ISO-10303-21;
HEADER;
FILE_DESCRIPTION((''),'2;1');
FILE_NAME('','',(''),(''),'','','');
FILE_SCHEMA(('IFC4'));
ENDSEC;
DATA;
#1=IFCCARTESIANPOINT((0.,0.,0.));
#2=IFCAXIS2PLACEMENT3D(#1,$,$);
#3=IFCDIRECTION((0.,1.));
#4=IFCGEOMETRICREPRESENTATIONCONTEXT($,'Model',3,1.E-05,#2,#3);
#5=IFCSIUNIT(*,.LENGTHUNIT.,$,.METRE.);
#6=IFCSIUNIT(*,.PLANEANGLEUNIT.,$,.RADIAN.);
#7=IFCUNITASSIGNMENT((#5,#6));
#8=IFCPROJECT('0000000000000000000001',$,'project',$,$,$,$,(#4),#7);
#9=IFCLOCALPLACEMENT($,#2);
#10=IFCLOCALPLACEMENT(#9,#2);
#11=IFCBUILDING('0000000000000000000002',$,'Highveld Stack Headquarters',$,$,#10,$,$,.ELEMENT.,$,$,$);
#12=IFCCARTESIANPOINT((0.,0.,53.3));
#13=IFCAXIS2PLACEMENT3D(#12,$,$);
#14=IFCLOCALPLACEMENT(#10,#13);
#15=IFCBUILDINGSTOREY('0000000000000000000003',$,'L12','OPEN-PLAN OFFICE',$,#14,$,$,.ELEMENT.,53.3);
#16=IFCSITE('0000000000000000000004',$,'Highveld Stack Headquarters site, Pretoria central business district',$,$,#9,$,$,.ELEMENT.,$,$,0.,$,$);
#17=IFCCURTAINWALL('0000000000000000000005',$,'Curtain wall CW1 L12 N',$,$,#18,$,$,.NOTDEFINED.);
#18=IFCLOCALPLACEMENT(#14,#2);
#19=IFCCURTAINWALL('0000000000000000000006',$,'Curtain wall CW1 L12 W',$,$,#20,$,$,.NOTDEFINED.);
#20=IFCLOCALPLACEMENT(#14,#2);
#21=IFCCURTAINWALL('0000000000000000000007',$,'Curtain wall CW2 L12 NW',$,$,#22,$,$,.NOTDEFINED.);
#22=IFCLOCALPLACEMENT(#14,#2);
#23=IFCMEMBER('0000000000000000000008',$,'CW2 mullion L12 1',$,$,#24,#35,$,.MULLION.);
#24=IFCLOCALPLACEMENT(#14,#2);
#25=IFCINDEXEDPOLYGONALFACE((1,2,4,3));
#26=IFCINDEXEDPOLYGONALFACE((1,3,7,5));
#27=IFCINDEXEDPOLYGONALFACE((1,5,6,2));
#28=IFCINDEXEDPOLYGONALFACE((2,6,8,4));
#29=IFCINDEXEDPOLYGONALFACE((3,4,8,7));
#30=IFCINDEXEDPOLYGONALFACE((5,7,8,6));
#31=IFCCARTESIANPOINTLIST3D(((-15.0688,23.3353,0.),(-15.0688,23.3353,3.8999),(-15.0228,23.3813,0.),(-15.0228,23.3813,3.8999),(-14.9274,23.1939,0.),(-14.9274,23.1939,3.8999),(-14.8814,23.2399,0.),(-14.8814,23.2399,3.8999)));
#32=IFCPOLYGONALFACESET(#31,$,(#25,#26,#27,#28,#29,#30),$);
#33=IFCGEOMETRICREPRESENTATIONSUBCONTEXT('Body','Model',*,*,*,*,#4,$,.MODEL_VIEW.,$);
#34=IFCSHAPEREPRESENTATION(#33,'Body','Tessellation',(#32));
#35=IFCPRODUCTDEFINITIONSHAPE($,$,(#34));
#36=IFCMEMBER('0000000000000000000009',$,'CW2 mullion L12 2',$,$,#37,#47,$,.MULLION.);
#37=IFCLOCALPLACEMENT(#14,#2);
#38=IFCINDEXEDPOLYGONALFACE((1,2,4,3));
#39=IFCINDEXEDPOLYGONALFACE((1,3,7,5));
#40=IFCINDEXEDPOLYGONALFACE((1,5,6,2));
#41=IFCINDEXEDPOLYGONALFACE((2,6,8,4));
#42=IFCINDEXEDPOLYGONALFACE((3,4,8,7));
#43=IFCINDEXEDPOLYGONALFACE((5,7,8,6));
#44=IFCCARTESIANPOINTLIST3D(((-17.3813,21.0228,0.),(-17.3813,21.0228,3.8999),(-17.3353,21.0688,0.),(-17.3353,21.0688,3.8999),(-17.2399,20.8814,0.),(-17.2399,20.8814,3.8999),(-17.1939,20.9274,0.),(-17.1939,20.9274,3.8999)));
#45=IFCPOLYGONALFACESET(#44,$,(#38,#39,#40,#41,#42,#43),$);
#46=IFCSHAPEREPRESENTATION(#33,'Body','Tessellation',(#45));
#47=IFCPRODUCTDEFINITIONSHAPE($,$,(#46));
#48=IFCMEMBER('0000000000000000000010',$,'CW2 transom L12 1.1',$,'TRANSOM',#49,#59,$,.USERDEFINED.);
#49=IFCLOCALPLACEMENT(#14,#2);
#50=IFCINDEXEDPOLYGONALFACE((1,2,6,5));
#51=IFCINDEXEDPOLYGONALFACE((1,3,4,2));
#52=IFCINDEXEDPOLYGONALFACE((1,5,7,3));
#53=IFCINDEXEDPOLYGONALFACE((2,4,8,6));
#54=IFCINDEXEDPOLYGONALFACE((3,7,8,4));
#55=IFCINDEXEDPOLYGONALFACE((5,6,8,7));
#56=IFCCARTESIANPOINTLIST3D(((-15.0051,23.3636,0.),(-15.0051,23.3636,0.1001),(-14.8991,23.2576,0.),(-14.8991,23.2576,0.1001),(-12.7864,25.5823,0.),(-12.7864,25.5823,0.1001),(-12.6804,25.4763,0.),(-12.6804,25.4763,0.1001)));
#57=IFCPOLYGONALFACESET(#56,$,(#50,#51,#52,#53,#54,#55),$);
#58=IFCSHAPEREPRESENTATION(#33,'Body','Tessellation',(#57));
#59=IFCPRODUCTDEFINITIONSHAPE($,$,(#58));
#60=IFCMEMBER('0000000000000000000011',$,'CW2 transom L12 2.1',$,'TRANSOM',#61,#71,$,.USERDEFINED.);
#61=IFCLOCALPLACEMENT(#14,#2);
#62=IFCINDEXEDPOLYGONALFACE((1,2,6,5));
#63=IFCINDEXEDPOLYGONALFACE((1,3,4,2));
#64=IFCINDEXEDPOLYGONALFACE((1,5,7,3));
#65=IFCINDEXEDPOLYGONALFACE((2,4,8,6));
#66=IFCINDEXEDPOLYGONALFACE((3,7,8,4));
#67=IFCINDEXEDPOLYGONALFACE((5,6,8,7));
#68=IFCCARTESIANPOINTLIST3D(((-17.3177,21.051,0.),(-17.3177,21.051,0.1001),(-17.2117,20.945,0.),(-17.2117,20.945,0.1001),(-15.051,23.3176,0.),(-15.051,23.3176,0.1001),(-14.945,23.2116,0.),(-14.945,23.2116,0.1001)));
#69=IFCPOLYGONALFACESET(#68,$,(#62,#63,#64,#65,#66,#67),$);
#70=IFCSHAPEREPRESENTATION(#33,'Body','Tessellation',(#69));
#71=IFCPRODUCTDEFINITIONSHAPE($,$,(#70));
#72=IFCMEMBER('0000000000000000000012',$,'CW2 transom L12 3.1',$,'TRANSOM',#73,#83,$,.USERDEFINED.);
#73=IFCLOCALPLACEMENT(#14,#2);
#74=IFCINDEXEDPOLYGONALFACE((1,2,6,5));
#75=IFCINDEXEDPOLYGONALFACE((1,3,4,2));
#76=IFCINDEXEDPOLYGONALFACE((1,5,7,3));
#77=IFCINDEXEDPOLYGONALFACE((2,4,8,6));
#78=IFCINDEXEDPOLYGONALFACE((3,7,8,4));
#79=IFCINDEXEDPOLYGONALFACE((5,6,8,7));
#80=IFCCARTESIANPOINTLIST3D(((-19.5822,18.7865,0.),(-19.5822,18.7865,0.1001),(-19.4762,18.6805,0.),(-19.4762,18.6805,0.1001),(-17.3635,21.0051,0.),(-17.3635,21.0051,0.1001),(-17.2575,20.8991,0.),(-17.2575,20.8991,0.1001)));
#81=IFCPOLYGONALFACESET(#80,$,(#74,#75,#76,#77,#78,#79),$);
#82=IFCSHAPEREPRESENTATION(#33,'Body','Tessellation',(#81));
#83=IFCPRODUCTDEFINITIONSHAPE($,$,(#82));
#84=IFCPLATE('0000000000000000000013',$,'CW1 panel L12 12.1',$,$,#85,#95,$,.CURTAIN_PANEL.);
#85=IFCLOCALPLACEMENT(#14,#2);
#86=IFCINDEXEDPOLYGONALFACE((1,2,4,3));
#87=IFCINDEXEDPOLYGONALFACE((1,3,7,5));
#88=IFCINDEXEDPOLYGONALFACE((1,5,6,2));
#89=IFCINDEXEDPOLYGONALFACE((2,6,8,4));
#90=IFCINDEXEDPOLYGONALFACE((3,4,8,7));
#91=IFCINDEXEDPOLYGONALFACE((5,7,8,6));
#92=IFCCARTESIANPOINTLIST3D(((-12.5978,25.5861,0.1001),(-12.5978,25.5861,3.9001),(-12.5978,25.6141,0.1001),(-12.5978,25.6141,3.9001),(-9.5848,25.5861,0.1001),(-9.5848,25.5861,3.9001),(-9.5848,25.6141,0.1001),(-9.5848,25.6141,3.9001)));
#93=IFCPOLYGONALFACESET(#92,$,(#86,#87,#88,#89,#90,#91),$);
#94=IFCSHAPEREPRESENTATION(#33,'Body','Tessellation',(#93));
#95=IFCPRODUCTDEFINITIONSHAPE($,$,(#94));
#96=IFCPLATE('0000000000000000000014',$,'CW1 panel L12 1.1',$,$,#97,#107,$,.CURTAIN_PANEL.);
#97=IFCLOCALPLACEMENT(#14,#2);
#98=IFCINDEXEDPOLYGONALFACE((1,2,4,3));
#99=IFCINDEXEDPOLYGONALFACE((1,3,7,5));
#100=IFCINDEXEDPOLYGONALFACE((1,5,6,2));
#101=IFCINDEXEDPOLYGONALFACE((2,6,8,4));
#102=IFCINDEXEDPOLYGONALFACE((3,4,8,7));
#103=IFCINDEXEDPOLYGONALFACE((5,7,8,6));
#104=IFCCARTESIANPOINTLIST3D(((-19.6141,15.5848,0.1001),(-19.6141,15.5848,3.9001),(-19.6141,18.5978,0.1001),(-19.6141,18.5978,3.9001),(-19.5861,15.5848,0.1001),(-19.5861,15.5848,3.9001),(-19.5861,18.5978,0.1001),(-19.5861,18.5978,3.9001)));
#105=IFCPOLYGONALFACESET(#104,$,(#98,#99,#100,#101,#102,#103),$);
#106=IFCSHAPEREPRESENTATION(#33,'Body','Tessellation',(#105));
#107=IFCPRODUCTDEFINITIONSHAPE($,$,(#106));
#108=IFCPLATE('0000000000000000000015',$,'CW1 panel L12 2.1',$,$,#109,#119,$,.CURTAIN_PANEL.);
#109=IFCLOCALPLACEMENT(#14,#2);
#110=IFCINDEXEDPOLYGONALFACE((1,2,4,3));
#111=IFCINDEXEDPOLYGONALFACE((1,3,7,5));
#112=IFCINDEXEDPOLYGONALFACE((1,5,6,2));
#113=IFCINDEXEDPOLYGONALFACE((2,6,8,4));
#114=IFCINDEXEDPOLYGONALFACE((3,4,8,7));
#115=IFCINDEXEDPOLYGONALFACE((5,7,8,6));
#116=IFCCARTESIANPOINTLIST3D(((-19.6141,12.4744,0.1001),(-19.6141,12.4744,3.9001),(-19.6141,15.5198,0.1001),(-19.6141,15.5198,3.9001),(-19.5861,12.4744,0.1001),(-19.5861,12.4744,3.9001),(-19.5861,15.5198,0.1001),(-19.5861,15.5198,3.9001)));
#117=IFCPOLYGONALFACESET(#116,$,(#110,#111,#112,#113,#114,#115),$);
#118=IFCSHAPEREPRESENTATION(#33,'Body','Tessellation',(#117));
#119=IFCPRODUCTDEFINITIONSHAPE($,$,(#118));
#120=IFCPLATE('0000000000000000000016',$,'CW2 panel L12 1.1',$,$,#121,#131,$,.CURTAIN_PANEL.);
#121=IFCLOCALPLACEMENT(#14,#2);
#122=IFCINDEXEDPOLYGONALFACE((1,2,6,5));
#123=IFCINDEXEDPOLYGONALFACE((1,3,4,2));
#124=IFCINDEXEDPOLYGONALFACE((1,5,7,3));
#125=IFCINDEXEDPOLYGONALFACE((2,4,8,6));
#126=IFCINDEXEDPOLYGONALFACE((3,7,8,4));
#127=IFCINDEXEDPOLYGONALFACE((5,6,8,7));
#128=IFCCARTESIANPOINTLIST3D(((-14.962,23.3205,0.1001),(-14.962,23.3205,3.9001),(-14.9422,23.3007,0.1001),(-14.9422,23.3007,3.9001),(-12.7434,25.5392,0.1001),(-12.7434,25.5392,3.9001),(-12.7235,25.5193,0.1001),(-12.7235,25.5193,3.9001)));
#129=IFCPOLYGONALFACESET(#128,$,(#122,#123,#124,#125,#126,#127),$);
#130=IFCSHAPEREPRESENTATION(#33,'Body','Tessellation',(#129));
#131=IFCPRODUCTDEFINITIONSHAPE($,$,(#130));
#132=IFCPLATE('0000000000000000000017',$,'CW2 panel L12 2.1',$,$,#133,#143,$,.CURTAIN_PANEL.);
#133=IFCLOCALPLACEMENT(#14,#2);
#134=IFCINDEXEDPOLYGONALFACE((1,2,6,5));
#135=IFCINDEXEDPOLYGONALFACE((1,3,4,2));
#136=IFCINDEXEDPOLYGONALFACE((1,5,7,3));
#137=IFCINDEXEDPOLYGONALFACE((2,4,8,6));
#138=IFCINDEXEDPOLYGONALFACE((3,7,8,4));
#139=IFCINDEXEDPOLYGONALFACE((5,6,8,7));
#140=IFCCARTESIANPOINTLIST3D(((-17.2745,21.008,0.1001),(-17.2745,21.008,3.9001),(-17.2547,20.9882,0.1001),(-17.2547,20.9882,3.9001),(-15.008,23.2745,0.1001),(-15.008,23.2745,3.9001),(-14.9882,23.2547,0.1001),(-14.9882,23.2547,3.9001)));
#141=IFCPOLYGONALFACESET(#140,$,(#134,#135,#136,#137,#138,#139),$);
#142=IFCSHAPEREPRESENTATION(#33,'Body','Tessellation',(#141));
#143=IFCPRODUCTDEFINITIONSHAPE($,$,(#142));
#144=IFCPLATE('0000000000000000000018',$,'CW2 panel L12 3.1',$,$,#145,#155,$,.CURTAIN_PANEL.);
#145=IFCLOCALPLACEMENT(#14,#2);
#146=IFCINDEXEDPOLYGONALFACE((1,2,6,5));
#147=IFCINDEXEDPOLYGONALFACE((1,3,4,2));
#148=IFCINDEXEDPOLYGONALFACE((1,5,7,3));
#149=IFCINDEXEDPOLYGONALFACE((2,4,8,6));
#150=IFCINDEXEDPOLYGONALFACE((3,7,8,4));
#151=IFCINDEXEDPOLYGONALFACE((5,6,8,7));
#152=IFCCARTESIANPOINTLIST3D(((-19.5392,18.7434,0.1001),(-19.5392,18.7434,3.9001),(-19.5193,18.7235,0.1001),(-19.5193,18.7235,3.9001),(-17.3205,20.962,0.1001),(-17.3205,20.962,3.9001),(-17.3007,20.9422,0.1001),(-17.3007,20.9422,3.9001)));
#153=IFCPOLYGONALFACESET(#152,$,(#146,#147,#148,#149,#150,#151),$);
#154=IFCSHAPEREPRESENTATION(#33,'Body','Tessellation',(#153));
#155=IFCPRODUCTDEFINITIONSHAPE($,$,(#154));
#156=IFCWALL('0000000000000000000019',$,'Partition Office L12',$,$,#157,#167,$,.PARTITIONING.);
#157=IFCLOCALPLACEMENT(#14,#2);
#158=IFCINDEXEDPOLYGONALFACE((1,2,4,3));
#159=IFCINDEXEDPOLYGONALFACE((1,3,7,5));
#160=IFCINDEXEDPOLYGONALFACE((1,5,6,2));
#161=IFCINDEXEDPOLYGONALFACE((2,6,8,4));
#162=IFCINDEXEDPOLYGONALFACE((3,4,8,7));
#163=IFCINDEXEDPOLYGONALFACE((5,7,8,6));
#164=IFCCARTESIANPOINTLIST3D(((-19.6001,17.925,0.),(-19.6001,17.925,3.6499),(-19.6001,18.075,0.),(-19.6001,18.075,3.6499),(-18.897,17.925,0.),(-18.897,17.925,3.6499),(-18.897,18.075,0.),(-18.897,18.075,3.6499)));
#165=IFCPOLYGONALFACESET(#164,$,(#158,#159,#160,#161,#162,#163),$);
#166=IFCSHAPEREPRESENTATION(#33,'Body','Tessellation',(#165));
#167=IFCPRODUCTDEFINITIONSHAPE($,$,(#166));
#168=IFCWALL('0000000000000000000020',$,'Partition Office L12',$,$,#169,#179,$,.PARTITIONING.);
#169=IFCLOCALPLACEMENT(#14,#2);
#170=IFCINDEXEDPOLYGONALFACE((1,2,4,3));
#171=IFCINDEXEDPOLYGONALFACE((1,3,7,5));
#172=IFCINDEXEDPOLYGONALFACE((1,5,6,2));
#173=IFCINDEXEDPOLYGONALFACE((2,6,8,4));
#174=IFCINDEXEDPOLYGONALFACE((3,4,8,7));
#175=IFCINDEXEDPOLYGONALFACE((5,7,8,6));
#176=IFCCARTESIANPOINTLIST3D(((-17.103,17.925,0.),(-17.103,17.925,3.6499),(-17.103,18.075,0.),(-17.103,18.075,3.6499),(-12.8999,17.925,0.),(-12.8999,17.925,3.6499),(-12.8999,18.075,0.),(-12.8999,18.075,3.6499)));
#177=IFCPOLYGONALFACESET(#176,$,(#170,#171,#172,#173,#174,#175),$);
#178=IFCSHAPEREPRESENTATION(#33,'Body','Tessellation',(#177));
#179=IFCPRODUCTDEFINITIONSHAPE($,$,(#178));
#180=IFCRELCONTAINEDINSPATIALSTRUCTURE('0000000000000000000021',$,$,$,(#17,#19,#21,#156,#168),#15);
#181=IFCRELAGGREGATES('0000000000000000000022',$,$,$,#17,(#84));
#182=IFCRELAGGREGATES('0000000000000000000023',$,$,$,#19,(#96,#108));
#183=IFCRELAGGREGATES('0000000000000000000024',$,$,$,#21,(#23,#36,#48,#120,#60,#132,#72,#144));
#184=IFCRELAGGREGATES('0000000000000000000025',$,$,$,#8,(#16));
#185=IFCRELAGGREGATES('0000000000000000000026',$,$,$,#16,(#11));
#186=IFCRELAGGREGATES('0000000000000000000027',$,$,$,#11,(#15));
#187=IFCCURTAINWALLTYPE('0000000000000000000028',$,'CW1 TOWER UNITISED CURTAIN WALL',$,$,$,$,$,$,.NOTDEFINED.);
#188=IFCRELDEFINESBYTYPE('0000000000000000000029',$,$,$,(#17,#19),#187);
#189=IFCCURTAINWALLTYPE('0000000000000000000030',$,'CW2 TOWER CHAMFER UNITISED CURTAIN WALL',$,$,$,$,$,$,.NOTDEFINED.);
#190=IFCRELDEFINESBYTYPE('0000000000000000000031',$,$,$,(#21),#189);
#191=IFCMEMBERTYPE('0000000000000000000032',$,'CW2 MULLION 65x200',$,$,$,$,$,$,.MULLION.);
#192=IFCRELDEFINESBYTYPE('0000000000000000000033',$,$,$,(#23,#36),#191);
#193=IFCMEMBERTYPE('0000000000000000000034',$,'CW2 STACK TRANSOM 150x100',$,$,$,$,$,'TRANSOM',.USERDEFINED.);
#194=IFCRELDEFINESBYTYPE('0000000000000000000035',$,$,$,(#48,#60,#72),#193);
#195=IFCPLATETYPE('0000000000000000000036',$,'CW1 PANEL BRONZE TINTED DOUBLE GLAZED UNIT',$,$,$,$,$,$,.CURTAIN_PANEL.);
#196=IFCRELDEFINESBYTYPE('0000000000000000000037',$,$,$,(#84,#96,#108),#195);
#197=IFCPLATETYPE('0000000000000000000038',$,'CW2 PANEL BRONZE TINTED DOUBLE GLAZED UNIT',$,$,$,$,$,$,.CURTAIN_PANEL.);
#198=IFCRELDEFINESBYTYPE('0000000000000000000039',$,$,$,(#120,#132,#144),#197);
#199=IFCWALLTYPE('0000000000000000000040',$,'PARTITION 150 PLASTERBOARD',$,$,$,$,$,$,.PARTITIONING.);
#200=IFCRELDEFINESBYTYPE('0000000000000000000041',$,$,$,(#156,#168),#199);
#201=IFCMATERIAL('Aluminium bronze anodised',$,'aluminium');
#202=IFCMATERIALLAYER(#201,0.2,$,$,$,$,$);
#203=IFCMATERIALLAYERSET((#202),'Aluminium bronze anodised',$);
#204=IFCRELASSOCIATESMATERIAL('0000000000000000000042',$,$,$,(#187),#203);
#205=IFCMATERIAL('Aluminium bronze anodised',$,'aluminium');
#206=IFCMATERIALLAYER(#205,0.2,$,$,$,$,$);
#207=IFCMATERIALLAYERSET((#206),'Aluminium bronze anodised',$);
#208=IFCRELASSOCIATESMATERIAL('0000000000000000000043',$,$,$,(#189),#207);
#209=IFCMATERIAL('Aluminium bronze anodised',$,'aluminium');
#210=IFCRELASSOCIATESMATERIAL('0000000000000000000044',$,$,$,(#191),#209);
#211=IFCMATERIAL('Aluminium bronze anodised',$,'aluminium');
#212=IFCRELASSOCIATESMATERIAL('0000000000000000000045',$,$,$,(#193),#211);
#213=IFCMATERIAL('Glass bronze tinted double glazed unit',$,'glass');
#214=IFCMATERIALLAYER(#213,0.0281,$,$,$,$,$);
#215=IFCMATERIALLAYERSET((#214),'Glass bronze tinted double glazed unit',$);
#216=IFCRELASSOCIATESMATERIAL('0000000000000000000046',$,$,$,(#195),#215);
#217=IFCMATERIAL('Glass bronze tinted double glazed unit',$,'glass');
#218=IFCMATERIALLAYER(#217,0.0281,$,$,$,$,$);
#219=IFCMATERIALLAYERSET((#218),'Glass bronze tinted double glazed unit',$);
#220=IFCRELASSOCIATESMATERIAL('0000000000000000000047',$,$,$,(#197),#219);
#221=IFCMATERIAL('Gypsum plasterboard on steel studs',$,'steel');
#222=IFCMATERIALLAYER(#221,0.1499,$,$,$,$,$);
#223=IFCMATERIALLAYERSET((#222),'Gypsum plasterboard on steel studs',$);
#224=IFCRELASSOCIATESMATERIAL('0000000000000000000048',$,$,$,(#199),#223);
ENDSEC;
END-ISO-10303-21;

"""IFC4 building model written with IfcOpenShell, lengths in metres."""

from ifc_helpers import new_model, si_unit, direction, frame, frame_2d, origin, origin_2d, place, context, subcontext, project, spatial, rectangle, extrude, material, layer, layer_set, material_profile, profile_set, type_object, element, aggregate, save


model = new_model("IFC4")

# Units and contexts
model_context = context("Model", 3, precision=1e-05, world=origin(), true_north=direction((0.0, 1.0)))
body_context = subcontext(model_context, "Body", "Model", "MODEL_VIEW")
ifc_project = project(units=[si_unit("LENGTHUNIT", "METRE"), si_unit("PLANEANGLEUNIT", "RADIAN")], contexts=[model_context])

# Site, building, storey
site_placement = place(None, origin())
site = spatial("IfcSite", under=ifc_project, at=site_placement, Name="Highveld Stack Headquarters site, Pretoria central business district", CompositionType="ELEMENT", RefElevation=0.0)
building_placement = place(site_placement, origin())
building = spatial("IfcBuilding", under=site, at=building_placement, Name="Highveld Stack Headquarters", CompositionType="ELEMENT")
storey_placement = place(building_placement, frame((0.0, 0.0, 53.3)))
storey = spatial("IfcBuildingStorey", under=building, at=storey_placement, Name="L12", Description="OPEN-PLAN OFFICE", CompositionType="ELEMENT", Elevation=53.3)

# Curtain wall
ifc_material_1 = material(Name="Aluminium bronze anodised", Category="aluminium")
ifc_layer_1 = layer(ifc_material_1, 0.2)
ifc_layer_set_1 = layer_set([ifc_layer_1], Name="Aluminium bronze anodised")
curtain_wall_type_1 = type_object("IfcCurtainWallType", Name="CW1 TOWER UNITISED CURTAIN WALL", PredefinedType="NOTDEFINED", material=ifc_layer_set_1)
curtain_wall_1_placement = place(storey_placement, origin())
curtain_wall_1 = element("IfcCurtainWall", 1, at=curtain_wall_1_placement, inside=storey, type_object=curtain_wall_type_1, Name="Curtain wall CW1 L12 N", PredefinedType="NOTDEFINED")

# Curtain wall
curtain_wall_2_placement = place(storey_placement, origin())
curtain_wall_2 = element("IfcCurtainWall", 2, at=curtain_wall_2_placement, inside=storey, type_object=curtain_wall_type_1, Name="Curtain wall CW1 L12 W", PredefinedType="NOTDEFINED")

# Curtain wall, members
ifc_material_2 = material(Name="Aluminium bronze anodised", Category="aluminium")
ifc_layer_2 = layer(ifc_material_2, 0.2)
ifc_layer_set_2 = layer_set([ifc_layer_2], Name="Aluminium bronze anodised")
curtain_wall_type_2 = type_object("IfcCurtainWallType", Name="CW2 TOWER CHAMFER UNITISED CURTAIN WALL", PredefinedType="NOTDEFINED", material=ifc_layer_set_2)
curtain_wall_3_placement = place(storey_placement, origin())
curtain_wall_3 = element("IfcCurtainWall", 3, at=curtain_wall_3_placement, inside=storey, type_object=curtain_wall_type_2, Name="Curtain wall CW2 L12 NW", PredefinedType="NOTDEFINED")
ifc_material_3 = material(Name="Aluminium bronze anodised", Category="aluminium")
ifc_material_profile_1 = material_profile(ifc_material_3, rectangle(XDim=0.2, YDim=0.0649, at=origin_2d()), Name="CW2 MULLION 65x200")
ifc_profile_set_1 = profile_set([ifc_material_profile_1], Name="Aluminium bronze anodised")
member_type_1 = type_object("IfcMemberType", Name="CW2 MULLION 65x200", PredefinedType="MULLION", material=ifc_profile_set_1)
member_1_placement = place(storey_placement, frame((-14.9751, 23.2876, 0.0), z_axis=(0.0, 0.0, 1.0), x_axis=(0.707107, -0.707107, 0.0)))
member_1 = element("IfcMember", 4, at=member_1_placement, type_object=member_type_1, Name="CW2 mullion L12 1", PredefinedType="MULLION", context=body_context, shape_type="SweptSolid", body=[
    extrude(rectangle(XDim=0.2, YDim=0.0649, at=origin_2d()), origin(), (0.0, 0.0, 1.0), 3.8999),
])
member_2_placement = place(storey_placement, frame((-17.2876, 20.9751, 0.0), z_axis=(0.0, 0.0, 1.0), x_axis=(0.707107, -0.707107, 0.0)))
member_2 = element("IfcMember", 5, at=member_2_placement, type_object=member_type_1, Name="CW2 mullion L12 2", PredefinedType="MULLION", context=body_context, shape_type="SweptSolid", body=[
    extrude(rectangle(XDim=0.2, YDim=0.0649, at=origin_2d()), origin(), (0.0, 0.0, 1.0), 3.8999),
])
ifc_material_4 = material(Name="Aluminium bronze anodised", Category="aluminium")
ifc_material_profile_2 = material_profile(ifc_material_4, rectangle(XDim=0.1499, YDim=0.1001, at=origin_2d()), Name="CW2 TRANSOM 150x100")
ifc_profile_set_2 = profile_set([ifc_material_profile_2], Name="Aluminium bronze anodised")
member_type_2 = type_object("IfcMemberType", Name="CW2 STACK TRANSOM 150x100", ElementType="TRANSOM", PredefinedType="USERDEFINED", material=ifc_profile_set_2)
member_3_placement = place(storey_placement, frame((-12.7334, 25.5293, 0.05), z_axis=(-0.707107, -0.707107, 0.0), x_axis=(0.707107, -0.707107, 0.0)))
member_3 = element("IfcMember", 6, at=member_3_placement, type_object=member_type_2, Name="CW2 transom L12 1.1", ObjectType="TRANSOM", PredefinedType="USERDEFINED", context=body_context, shape_type="SweptSolid", body=[
    extrude(rectangle(XDim=0.1499, YDim=0.1001, at=origin_2d()), origin(), (0.0, 0.0, 1.0), 3.1377),
])
member_4_placement = place(storey_placement, frame((-14.998, 23.2646, 0.05), z_axis=(-0.707107, -0.707107, 0.0), x_axis=(0.707107, -0.707107, 0.0)))
member_4 = element("IfcMember", 7, at=member_4_placement, type_object=member_type_2, Name="CW2 transom L12 2.1", ObjectType="TRANSOM", PredefinedType="USERDEFINED", context=body_context, shape_type="SweptSolid", body=[
    extrude(rectangle(XDim=0.1499, YDim=0.1001, at=origin_2d()), origin(), (0.0, 0.0, 1.0), 3.2056),
])
member_5_placement = place(storey_placement, frame((-17.3105, 20.9521, 0.05), z_axis=(-0.707107, -0.707107, 0.0), x_axis=(0.707107, -0.707107, 0.0)))
member_5 = element("IfcMember", 8, at=member_5_placement, type_object=member_type_2, Name="CW2 transom L12 3.1", ObjectType="TRANSOM", PredefinedType="USERDEFINED", context=body_context, shape_type="SweptSolid", body=[
    extrude(rectangle(XDim=0.1499, YDim=0.1001, at=origin_2d()), origin(), (0.0, 0.0, 1.0), 3.1377),
])

# Plates
ifc_material_5 = material(Name="Glass bronze tinted double glazed unit", Category="glass")
ifc_layer_3 = layer(ifc_material_5, 0.0281)
ifc_layer_set_3 = layer_set([ifc_layer_3], Name="Glass bronze tinted double glazed unit")
plate_type_1 = type_object("IfcPlateType", Name="CW1 PANEL BRONZE TINTED DOUBLE GLAZED UNIT", PredefinedType="CURTAIN_PANEL", material=ifc_layer_set_3)
plate_1_placement = place(storey_placement, frame((-11.0913, 25.6001, 0.1001), z_axis=(0.0, 0.0, 1.0), x_axis=(-1.0, 0.0, 0.0)))
plate_1 = element("IfcPlate", 9, at=plate_1_placement, type_object=plate_type_1, Name="CW1 panel L12 12.1", PredefinedType="CURTAIN_PANEL", context=body_context, shape_type="SweptSolid", body=[
    extrude(rectangle(XDim=3.0129, YDim=0.0281, at=origin_2d()), origin(), (0.0, 0.0, 1.0), 3.8),
])
aggregate(curtain_wall_1, [plate_1])
plate_2_placement = place(storey_placement, frame((-19.6001, 17.0913, 0.1001), z_axis=(0.0, 0.0, 1.0), x_axis=(0.0, -1.0, 0.0)))
plate_2 = element("IfcPlate", 10, at=plate_2_placement, type_object=plate_type_1, Name="CW1 panel L12 1.1", PredefinedType="CURTAIN_PANEL", context=body_context, shape_type="SweptSolid", body=[
    extrude(rectangle(XDim=3.0129, YDim=0.0281, at=origin_2d()), origin(), (0.0, 0.0, 1.0), 3.8),
])
plate_3_placement = place(storey_placement, frame((-19.6001, 13.9971, 0.1001), z_axis=(0.0, 0.0, 1.0), x_axis=(0.0, -1.0, 0.0)))
plate_3 = element("IfcPlate", 11, at=plate_3_placement, type_object=plate_type_1, Name="CW1 panel L12 2.1", PredefinedType="CURTAIN_PANEL", context=body_context, shape_type="SweptSolid", body=[
    extrude(rectangle(XDim=3.0454, YDim=0.0281, at=origin_2d()), origin(), (0.0, 0.0, 1.0), 3.8),
])
aggregate(curtain_wall_2, [plate_2, plate_3])
ifc_material_6 = material(Name="Glass bronze tinted double glazed unit", Category="glass")
ifc_layer_4 = layer(ifc_material_6, 0.0281)
ifc_layer_set_4 = layer_set([ifc_layer_4], Name="Glass bronze tinted double glazed unit")
plate_type_2 = type_object("IfcPlateType", Name="CW2 PANEL BRONZE TINTED DOUBLE GLAZED UNIT", PredefinedType="CURTAIN_PANEL", material=ifc_layer_set_4)
plate_4_placement = place(storey_placement, frame((-13.8428, 24.4199, 0.1001), z_axis=(0.0, 0.0, 1.0), x_axis=(-0.707107, -0.707107, 0.0)))
plate_4 = element("IfcPlate", 12, at=plate_4_placement, type_object=plate_type_2, Name="CW2 panel L12 1.1", PredefinedType="CURTAIN_PANEL", context=body_context, shape_type="SweptSolid", body=[
    extrude(rectangle(XDim=3.1377, YDim=0.0281, at=origin_2d()), origin(), (0.0, 0.0, 1.0), 3.8),
])
plate_5_placement = place(storey_placement, frame((-16.1313, 22.1313, 0.1001), z_axis=(0.0, 0.0, 1.0), x_axis=(-0.707107, -0.707107, 0.0)))
plate_5 = element("IfcPlate", 13, at=plate_5_placement, type_object=plate_type_2, Name="CW2 panel L12 2.1", PredefinedType="CURTAIN_PANEL", context=body_context, shape_type="SweptSolid", body=[
    extrude(rectangle(XDim=3.2053, YDim=0.0281, at=origin_2d()), origin(), (0.0, 0.0, 1.0), 3.8),
])
plate_6_placement = place(storey_placement, frame((-18.4199, 19.8428, 0.1001), z_axis=(0.0, 0.0, 1.0), x_axis=(-0.707107, -0.707107, 0.0)))
plate_6 = element("IfcPlate", 14, at=plate_6_placement, type_object=plate_type_2, Name="CW2 panel L12 3.1", PredefinedType="CURTAIN_PANEL", context=body_context, shape_type="SweptSolid", body=[
    extrude(rectangle(XDim=3.1377, YDim=0.0281, at=origin_2d()), origin(), (0.0, 0.0, 1.0), 3.8),
])
aggregate(curtain_wall_3, [member_1, member_2, member_3, plate_4, member_4, plate_5, member_5, plate_6])

# Walls
ifc_material_7 = material(Name="Gypsum plasterboard on steel studs", Category="steel")
ifc_layer_5 = layer(ifc_material_7, 0.1499)
ifc_layer_set_5 = layer_set([ifc_layer_5], Name="Gypsum plasterboard on steel studs")
wall_type = type_object("IfcWallType", Name="PARTITION 150 PLASTERBOARD", PredefinedType="PARTITIONING", material=ifc_layer_set_5)
wall_1_placement = place(storey_placement, frame((-19.6001, 18.0, 0.0), z_axis=(0.0, 0.0, 1.0), x_axis=(1.0, 0.0, 0.0)))
element("IfcWall", 15, at=wall_1_placement, inside=storey, type_object=wall_type, Name="Partition Office L12", PredefinedType="PARTITIONING", context=body_context, shape_type="SweptSolid", body=[
    extrude(rectangle(XDim=0.7031, YDim=0.1499, at=frame_2d((0.3516, 0.0))), origin(), (0.0, 0.0, 1.0), 3.6499),
])
wall_2_placement = place(storey_placement, frame((-17.103, 18.0, 0.0), z_axis=(0.0, 0.0, 1.0), x_axis=(1.0, 0.0, 0.0)))
element("IfcWall", 16, at=wall_2_placement, inside=storey, type_object=wall_type, Name="Partition Office L12", PredefinedType="PARTITIONING", context=body_context, shape_type="SweptSolid", body=[
    extrude(rectangle(XDim=4.2031, YDim=0.1499, at=frame_2d((2.1016, 0.0))), origin(), (0.0, 0.0, 1.0), 3.6499),
])

save(model, "model.ifc")
